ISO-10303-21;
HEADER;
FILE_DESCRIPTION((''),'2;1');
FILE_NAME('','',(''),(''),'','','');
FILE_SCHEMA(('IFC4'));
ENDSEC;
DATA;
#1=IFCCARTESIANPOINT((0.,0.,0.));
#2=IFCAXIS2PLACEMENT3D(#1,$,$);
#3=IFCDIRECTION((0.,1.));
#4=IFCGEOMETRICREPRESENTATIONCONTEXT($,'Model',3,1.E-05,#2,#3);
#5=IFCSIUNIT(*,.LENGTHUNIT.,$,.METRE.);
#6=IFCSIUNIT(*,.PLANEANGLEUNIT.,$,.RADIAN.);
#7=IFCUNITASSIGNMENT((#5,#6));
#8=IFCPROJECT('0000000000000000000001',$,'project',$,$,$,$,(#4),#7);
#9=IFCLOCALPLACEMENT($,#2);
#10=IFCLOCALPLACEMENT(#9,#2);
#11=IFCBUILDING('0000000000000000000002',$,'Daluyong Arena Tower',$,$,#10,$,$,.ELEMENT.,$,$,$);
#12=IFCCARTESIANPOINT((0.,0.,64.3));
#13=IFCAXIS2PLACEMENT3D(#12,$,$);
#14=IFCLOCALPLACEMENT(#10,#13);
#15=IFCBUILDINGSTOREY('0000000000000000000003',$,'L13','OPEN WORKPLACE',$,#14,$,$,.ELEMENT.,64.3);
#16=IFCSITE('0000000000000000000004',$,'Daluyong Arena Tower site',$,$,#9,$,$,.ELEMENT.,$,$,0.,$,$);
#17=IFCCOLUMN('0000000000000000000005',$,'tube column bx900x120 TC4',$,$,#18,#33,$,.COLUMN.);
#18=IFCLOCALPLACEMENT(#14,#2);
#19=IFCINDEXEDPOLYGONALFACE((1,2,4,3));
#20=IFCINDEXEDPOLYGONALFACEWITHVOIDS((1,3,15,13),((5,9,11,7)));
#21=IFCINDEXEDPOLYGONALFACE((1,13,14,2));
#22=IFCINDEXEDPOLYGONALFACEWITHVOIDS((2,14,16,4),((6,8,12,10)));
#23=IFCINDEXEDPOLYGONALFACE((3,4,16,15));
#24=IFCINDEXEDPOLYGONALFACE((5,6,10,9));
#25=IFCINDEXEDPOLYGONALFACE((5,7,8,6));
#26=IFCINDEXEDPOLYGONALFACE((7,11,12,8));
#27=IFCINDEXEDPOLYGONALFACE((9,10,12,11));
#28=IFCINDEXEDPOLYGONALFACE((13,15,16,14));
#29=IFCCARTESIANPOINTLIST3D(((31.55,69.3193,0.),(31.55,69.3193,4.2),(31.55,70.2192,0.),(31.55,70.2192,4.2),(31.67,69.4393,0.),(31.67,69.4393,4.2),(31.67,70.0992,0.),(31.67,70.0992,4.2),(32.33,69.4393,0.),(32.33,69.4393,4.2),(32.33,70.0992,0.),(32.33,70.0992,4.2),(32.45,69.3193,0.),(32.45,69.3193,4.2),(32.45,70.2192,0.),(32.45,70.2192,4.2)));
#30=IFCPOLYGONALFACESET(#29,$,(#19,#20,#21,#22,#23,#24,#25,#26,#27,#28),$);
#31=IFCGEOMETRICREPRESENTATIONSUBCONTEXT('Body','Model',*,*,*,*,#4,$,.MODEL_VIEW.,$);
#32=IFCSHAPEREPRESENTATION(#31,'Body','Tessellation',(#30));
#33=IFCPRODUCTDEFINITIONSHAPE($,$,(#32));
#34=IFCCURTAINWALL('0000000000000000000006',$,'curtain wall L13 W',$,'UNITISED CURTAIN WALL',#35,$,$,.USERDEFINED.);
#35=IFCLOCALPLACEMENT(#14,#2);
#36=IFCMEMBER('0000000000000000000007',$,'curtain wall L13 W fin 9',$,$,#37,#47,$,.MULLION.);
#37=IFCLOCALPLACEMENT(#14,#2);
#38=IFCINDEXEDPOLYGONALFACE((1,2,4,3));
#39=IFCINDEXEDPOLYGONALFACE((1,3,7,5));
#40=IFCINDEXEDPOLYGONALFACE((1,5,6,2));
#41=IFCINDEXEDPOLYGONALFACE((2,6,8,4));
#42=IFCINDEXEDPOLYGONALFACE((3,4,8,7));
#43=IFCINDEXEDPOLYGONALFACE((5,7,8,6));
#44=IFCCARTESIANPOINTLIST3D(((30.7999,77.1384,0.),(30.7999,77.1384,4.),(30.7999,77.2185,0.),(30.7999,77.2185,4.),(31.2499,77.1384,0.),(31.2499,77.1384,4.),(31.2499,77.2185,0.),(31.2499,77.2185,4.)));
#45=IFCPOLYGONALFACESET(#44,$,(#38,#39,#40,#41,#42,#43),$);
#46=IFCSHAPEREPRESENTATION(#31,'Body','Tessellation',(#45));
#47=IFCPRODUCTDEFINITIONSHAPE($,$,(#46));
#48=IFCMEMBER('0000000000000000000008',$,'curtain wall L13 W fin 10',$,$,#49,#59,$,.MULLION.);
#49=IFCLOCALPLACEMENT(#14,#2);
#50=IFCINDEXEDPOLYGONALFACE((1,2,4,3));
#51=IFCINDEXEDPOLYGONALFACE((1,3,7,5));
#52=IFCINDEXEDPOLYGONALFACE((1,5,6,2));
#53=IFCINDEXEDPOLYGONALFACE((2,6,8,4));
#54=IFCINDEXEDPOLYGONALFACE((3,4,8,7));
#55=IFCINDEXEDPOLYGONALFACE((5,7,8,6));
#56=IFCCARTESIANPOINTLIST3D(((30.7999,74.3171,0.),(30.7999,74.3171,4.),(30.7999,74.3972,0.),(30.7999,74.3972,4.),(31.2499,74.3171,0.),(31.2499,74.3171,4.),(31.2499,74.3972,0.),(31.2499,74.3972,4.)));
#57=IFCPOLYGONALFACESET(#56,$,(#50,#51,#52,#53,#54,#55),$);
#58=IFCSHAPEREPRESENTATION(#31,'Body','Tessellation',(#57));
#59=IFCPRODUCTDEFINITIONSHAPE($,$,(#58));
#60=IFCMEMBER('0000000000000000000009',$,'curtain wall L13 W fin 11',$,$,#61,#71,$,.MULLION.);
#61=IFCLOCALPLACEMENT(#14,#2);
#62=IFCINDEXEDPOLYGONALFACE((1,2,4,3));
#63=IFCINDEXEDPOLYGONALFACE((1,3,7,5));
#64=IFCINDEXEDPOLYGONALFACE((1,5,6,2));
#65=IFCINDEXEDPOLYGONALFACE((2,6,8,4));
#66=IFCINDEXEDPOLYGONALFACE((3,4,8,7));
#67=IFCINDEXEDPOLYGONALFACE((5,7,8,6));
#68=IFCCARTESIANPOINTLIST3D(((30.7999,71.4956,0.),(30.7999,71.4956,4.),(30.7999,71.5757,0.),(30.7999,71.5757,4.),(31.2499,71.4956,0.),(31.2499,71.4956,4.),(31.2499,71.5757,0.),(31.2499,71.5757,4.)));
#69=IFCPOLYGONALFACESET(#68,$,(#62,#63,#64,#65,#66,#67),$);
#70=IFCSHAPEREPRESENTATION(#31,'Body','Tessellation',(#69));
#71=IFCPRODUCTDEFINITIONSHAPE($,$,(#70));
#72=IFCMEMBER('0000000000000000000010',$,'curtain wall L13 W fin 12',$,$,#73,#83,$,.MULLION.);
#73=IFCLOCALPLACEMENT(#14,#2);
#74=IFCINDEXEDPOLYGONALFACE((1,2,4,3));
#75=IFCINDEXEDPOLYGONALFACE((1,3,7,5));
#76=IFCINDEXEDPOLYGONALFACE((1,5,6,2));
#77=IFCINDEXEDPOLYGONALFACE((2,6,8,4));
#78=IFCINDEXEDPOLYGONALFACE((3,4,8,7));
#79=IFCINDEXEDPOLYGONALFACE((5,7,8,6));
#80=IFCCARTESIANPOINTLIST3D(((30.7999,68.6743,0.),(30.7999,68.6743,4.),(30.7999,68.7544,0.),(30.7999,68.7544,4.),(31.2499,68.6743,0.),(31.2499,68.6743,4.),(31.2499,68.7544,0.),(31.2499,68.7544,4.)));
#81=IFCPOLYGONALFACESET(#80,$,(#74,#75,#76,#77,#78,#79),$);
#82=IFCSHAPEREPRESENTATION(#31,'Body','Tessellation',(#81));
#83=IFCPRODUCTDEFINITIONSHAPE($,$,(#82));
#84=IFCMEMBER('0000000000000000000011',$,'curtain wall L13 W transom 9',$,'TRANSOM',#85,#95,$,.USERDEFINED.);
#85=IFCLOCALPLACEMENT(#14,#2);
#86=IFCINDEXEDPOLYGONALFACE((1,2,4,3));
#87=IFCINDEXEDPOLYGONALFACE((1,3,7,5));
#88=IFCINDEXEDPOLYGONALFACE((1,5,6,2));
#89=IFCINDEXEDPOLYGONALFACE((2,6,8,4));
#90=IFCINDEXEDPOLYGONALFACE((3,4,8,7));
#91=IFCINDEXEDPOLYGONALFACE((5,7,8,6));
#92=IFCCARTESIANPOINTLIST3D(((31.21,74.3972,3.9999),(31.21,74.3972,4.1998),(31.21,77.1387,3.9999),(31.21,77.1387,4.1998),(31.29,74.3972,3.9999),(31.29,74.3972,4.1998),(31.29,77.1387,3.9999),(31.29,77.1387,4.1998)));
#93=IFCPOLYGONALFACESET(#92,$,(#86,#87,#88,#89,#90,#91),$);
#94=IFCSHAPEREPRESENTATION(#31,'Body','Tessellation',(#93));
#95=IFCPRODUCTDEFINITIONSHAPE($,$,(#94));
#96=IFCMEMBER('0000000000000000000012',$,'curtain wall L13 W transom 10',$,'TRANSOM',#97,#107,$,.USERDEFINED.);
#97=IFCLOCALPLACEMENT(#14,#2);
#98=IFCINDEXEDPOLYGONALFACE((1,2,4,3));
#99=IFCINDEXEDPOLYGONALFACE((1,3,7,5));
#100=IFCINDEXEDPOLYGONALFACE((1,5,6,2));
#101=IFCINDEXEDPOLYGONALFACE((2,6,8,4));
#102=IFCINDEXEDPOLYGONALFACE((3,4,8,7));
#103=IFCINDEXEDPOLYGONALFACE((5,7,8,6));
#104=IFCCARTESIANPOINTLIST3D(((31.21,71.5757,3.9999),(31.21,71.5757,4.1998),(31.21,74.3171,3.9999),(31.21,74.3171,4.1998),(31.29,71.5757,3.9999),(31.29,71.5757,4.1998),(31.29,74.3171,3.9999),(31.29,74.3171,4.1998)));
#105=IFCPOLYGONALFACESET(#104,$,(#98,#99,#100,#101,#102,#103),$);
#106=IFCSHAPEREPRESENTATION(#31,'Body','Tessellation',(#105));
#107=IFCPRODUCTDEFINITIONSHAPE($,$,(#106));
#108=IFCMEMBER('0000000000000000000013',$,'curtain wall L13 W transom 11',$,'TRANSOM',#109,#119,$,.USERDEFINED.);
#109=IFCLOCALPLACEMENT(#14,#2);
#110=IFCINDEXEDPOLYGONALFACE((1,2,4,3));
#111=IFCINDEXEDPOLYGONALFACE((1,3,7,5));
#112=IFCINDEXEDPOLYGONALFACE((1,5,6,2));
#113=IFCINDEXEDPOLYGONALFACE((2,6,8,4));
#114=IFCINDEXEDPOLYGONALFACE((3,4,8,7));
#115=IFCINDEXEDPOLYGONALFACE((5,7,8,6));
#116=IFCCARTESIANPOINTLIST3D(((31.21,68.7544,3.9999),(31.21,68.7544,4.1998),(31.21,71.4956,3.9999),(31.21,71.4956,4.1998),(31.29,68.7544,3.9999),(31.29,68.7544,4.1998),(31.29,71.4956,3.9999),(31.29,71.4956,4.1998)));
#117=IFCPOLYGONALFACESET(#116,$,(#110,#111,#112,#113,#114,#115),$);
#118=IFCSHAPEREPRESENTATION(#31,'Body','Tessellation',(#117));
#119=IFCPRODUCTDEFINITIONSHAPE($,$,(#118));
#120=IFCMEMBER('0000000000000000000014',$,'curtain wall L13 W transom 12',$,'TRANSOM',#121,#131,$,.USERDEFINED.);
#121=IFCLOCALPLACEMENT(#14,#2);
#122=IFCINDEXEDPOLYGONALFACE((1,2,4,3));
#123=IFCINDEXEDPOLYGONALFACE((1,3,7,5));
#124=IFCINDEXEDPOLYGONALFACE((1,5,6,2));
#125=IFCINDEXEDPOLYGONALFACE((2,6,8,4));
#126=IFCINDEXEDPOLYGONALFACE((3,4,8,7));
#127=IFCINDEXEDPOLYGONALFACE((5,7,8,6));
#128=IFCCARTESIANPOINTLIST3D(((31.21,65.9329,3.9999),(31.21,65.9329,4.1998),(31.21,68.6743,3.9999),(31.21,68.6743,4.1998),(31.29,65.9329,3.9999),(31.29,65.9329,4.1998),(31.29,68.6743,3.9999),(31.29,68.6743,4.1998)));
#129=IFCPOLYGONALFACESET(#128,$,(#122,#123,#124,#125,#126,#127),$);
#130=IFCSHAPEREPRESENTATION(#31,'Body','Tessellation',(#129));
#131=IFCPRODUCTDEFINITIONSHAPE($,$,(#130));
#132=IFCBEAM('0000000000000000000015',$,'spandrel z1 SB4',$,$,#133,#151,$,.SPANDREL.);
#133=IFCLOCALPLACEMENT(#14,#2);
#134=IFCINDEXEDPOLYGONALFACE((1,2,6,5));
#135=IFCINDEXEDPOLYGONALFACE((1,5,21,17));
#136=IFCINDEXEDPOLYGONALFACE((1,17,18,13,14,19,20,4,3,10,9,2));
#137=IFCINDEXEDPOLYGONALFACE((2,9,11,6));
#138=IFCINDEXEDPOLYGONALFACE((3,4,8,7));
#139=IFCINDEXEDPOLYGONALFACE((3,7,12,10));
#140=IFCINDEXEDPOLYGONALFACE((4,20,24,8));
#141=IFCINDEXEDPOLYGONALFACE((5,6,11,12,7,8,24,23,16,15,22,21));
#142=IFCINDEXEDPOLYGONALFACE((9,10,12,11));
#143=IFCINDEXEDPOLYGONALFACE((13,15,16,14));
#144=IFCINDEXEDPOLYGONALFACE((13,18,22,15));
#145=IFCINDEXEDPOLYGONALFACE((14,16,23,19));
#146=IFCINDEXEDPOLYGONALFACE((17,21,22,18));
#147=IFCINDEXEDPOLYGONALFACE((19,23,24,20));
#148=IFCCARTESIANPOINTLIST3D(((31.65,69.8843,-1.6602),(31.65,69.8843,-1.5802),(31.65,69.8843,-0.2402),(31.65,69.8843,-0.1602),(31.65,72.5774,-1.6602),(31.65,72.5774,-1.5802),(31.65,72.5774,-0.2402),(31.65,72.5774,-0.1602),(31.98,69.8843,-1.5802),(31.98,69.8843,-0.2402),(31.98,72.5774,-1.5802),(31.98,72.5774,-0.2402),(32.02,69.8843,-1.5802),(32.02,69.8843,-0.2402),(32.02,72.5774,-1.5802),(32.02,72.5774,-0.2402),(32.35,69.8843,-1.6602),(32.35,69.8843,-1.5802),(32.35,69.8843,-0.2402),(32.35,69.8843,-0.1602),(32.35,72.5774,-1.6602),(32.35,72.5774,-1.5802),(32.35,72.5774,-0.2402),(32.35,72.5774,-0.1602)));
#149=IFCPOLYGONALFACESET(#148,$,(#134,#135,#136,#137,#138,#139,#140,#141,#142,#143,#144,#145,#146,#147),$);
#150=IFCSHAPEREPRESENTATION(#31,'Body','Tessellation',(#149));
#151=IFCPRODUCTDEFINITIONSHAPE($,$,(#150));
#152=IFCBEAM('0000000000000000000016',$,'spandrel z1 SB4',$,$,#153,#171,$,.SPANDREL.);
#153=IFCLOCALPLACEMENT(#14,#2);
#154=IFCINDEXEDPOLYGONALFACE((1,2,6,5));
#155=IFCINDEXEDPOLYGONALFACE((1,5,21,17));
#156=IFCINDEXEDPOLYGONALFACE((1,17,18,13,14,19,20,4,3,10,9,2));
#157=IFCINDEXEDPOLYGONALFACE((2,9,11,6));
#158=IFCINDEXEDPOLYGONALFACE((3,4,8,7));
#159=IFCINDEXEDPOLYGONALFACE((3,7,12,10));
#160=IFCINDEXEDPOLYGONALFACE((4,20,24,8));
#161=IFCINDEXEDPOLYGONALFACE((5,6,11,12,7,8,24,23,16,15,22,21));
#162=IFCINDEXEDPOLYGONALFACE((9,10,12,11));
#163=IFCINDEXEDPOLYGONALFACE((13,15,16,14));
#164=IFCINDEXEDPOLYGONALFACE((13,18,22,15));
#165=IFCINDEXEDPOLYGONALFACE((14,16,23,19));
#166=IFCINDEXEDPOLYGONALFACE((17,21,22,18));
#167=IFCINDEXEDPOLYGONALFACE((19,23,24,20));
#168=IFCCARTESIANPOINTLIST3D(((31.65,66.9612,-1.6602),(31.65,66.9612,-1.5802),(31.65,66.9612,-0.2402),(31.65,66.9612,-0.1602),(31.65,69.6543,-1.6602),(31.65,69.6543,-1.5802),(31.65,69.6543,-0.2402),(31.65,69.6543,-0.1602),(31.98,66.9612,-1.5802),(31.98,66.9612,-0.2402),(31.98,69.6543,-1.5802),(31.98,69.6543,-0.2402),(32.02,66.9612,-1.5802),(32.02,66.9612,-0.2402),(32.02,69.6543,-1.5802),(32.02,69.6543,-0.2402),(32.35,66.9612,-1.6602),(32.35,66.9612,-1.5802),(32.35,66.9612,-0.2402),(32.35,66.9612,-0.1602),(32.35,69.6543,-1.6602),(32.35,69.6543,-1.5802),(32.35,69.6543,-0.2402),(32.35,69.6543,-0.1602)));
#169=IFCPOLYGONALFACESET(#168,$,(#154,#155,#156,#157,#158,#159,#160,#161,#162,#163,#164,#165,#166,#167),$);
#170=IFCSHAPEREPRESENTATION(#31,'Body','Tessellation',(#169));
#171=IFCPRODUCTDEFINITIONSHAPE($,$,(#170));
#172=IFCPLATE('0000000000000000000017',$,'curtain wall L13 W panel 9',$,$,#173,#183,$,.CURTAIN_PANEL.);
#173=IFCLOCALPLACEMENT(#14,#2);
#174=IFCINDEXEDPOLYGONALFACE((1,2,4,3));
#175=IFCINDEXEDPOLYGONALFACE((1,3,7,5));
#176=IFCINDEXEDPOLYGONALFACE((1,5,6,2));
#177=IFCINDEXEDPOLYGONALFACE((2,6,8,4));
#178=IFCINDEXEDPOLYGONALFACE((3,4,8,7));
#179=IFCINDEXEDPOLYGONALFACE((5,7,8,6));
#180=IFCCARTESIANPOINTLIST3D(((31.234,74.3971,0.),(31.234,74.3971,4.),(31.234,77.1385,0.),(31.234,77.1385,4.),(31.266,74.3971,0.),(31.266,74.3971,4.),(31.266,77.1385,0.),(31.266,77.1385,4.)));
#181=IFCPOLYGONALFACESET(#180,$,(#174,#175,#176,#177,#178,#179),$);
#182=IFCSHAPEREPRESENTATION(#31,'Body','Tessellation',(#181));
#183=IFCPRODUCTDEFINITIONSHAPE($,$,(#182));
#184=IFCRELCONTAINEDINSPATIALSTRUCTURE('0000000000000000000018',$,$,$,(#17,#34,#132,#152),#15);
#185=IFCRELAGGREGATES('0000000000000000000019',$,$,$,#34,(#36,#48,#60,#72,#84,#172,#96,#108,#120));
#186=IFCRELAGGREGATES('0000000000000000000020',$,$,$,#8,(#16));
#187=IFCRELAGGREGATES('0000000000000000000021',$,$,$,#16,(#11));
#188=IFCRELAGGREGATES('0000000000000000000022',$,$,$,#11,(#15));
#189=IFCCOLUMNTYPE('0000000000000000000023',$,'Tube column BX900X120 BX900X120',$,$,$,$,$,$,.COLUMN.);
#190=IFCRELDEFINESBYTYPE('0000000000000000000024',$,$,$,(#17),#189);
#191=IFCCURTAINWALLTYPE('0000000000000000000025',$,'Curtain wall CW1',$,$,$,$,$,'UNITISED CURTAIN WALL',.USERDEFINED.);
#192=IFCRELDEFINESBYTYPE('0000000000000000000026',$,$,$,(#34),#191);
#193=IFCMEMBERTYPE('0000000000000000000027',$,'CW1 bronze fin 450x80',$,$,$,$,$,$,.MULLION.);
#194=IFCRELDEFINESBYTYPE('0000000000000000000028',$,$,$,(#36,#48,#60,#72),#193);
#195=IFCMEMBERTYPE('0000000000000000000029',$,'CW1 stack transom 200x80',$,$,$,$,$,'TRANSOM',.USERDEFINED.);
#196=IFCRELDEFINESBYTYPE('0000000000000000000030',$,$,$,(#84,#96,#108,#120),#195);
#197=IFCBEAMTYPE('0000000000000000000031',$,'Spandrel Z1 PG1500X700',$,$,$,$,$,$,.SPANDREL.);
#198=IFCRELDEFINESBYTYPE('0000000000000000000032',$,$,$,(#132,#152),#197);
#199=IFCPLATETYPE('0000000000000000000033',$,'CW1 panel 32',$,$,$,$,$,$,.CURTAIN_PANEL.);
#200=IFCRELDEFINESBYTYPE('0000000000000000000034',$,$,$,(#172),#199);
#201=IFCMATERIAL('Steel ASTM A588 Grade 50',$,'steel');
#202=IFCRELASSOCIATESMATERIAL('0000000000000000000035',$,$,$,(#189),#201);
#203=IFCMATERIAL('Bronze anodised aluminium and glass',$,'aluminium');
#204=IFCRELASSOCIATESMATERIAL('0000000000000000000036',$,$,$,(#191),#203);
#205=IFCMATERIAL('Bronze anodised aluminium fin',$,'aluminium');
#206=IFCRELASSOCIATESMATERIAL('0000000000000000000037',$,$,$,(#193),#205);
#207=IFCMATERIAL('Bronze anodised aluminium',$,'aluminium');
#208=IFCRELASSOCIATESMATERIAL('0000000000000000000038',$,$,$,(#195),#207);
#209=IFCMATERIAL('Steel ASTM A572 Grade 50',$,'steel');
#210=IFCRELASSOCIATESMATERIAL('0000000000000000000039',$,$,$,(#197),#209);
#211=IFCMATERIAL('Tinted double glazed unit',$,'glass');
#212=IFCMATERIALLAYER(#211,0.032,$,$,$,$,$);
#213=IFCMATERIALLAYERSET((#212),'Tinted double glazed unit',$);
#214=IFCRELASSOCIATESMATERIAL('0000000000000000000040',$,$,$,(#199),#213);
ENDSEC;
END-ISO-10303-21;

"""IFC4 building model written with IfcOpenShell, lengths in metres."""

from ifc_helpers import new_model, si_unit, direction, frame, origin, origin_2d, place, context, subcontext, project, spatial, rectangle, hollow_rectangle, i_section, extrude, material, layer, layer_set, material_profile, profile_set, type_object, element, aggregate, save


model = new_model("IFC4")

# Units and contexts
model_context = context("Model", 3, precision=1e-05, world=origin(), true_north=direction((0.0, 1.0)))
body_context = subcontext(model_context, "Body", "Model", "MODEL_VIEW")
ifc_project = project(units=[si_unit("LENGTHUNIT", "METRE"), si_unit("PLANEANGLEUNIT", "RADIAN")], contexts=[model_context])

# Site, building, storey
site_placement = place(None, origin())
site = spatial("IfcSite", under=ifc_project, at=site_placement, Name="Daluyong Arena Tower site", CompositionType="ELEMENT", RefElevation=0.0)
building_placement = place(site_placement, origin())
building = spatial("IfcBuilding", under=site, at=building_placement, Name="Daluyong Arena Tower", CompositionType="ELEMENT")
storey_placement = place(building_placement, frame((0.0, 0.0, 64.3)))
storey = spatial("IfcBuildingStorey", under=building, at=storey_placement, Name="L13", Description="OPEN WORKPLACE", CompositionType="ELEMENT", Elevation=64.3)

# Column
ifc_material_1 = material(Name="Steel ASTM A588 Grade 50", Category="steel")
ifc_material_profile_1 = material_profile(ifc_material_1, hollow_rectangle(XDim=0.8999, YDim=0.8999, WallThickness=0.12, at=origin_2d()))
ifc_profile_set_1 = profile_set([ifc_material_profile_1], Name="Steel ASTM A588 Grade 50")
column_type = type_object("IfcColumnType", Name="Tube column BX900X120 BX900X120", PredefinedType="COLUMN", material=ifc_profile_set_1)
column_placement = place(storey_placement, frame((32.0, 69.7693, 0.0), z_axis=(0.0, 0.0, 1.0), x_axis=(0.0, 1.0, 0.0)))
element("IfcColumn", 1, at=column_placement, inside=storey, type_object=column_type, Name="tube column bx900x120 TC4", PredefinedType="COLUMN", context=body_context, shape_type="SweptSolid", body=[
    extrude(hollow_rectangle(XDim=0.8999, YDim=0.8999, WallThickness=0.12, at=origin_2d()), origin(), (0.0, 0.0, 1.0), 4.2),
])

# Curtain wall, members
ifc_material_2 = material(Name="Bronze anodised aluminium and glass", Category="aluminium")
curtain_wall_type = type_object("IfcCurtainWallType", Name="Curtain wall CW1", ElementType="UNITISED CURTAIN WALL", PredefinedType="USERDEFINED", material=ifc_material_2)
curtain_wall_placement = place(storey_placement, origin())
curtain_wall = element("IfcCurtainWall", 2, at=curtain_wall_placement, inside=storey, type_object=curtain_wall_type, Name="curtain wall L13 W", ObjectType="UNITISED CURTAIN WALL", PredefinedType="USERDEFINED")
ifc_material_3 = material(Name="Bronze anodised aluminium fin", Category="aluminium")
ifc_material_profile_2 = material_profile(ifc_material_3, rectangle(XDim=0.45, YDim=0.0801, at=origin_2d()))
ifc_profile_set_2 = profile_set([ifc_material_profile_2], Name="Bronze anodised aluminium fin")
member_type_1 = type_object("IfcMemberType", Name="CW1 bronze fin 450x80", PredefinedType="MULLION", material=ifc_profile_set_2)
member_1_placement = place(storey_placement, frame((31.0249, 77.1785, 0.0), z_axis=(0.0, 0.0, 1.0), x_axis=(1.0, 0.0, 0.0)))
member_1 = element("IfcMember", 3, at=member_1_placement, type_object=member_type_1, Name="curtain wall L13 W fin 9", PredefinedType="MULLION", context=body_context, shape_type="SweptSolid", body=[
    extrude(rectangle(XDim=0.45, YDim=0.0801, at=origin_2d()), origin(), (0.0, 0.0, 1.0), 4.0),
])
member_2_placement = place(storey_placement, frame((31.0249, 74.3572, 0.0), z_axis=(0.0, 0.0, 1.0), x_axis=(1.0, 0.0, 0.0)))
member_2 = element("IfcMember", 4, at=member_2_placement, type_object=member_type_1, Name="curtain wall L13 W fin 10", PredefinedType="MULLION", context=body_context, shape_type="SweptSolid", body=[
    extrude(rectangle(XDim=0.45, YDim=0.0801, at=origin_2d()), origin(), (0.0, 0.0, 1.0), 4.0),
])
member_3_placement = place(storey_placement, frame((31.0249, 71.5356, 0.0), z_axis=(0.0, 0.0, 1.0), x_axis=(1.0, 0.0, 0.0)))
member_3 = element("IfcMember", 5, at=member_3_placement, type_object=member_type_1, Name="curtain wall L13 W fin 11", PredefinedType="MULLION", context=body_context, shape_type="SweptSolid", body=[
    extrude(rectangle(XDim=0.45, YDim=0.0801, at=origin_2d()), origin(), (0.0, 0.0, 1.0), 4.0),
])
member_4_placement = place(storey_placement, frame((31.0249, 68.7144, 0.0), z_axis=(0.0, 0.0, 1.0), x_axis=(1.0, 0.0, 0.0)))
member_4 = element("IfcMember", 6, at=member_4_placement, type_object=member_type_1, Name="curtain wall L13 W fin 12", PredefinedType="MULLION", context=body_context, shape_type="SweptSolid", body=[
    extrude(rectangle(XDim=0.45, YDim=0.0801, at=origin_2d()), origin(), (0.0, 0.0, 1.0), 4.0),
])
ifc_material_4 = material(Name="Bronze anodised aluminium", Category="aluminium")
ifc_material_profile_3 = material_profile(ifc_material_4, rectangle(XDim=0.0801, YDim=0.2, at=origin_2d()))
ifc_profile_set_3 = profile_set([ifc_material_profile_3], Name="Bronze anodised aluminium")
member_type_2 = type_object("IfcMemberType", Name="CW1 stack transom 200x80", ElementType="TRANSOM", PredefinedType="USERDEFINED", material=ifc_profile_set_3)
member_5_placement = place(storey_placement, frame((31.25, 77.1387, 4.0999), z_axis=(0.0, -1.0, 0.0), x_axis=(1.0, 0.0, 0.0)))
member_5 = element("IfcMember", 7, at=member_5_placement, type_object=member_type_2, Name="curtain wall L13 W transom 9", ObjectType="TRANSOM", PredefinedType="USERDEFINED", context=body_context, shape_type="SweptSolid", body=[
    extrude(rectangle(XDim=0.0801, YDim=0.2, at=origin_2d()), origin(), (0.0, 0.0, 1.0), 2.7415),
])
member_6_placement = place(storey_placement, frame((31.25, 74.3171, 4.0999), z_axis=(0.0, -1.0, 0.0), x_axis=(1.0, 0.0, 0.0)))
member_6 = element("IfcMember", 8, at=member_6_placement, type_object=member_type_2, Name="curtain wall L13 W transom 10", ObjectType="TRANSOM", PredefinedType="USERDEFINED", context=body_context, shape_type="SweptSolid", body=[
    extrude(rectangle(XDim=0.0801, YDim=0.2, at=origin_2d()), origin(), (0.0, 0.0, 1.0), 2.7415),
])
member_7_placement = place(storey_placement, frame((31.25, 71.4956, 4.0999), z_axis=(0.0, -1.0, 0.0), x_axis=(1.0, 0.0, 0.0)))
member_7 = element("IfcMember", 9, at=member_7_placement, type_object=member_type_2, Name="curtain wall L13 W transom 11", ObjectType="TRANSOM", PredefinedType="USERDEFINED", context=body_context, shape_type="SweptSolid", body=[
    extrude(rectangle(XDim=0.0801, YDim=0.2, at=origin_2d()), origin(), (0.0, 0.0, 1.0), 2.7412),
])
member_8_placement = place(storey_placement, frame((31.25, 68.6743, 4.0999), z_axis=(0.0, -1.0, 0.0), x_axis=(1.0, 0.0, 0.0)))
member_8 = element("IfcMember", 10, at=member_8_placement, type_object=member_type_2, Name="curtain wall L13 W transom 12", ObjectType="TRANSOM", PredefinedType="USERDEFINED", context=body_context, shape_type="SweptSolid", body=[
    extrude(rectangle(XDim=0.0801, YDim=0.2, at=origin_2d()), origin(), (0.0, 0.0, 1.0), 2.7415),
])

# Beams
ifc_material_5 = material(Name="Steel ASTM A572 Grade 50", Category="steel")
ifc_material_profile_4 = material_profile(ifc_material_5, i_section(OverallWidth=0.7, OverallDepth=1.5, WebThickness=0.04, FlangeThickness=0.08, at=origin_2d()))
ifc_profile_set_4 = profile_set([ifc_material_profile_4], Name="Steel ASTM A572 Grade 50")
beam_type = type_object("IfcBeamType", Name="Spandrel Z1 PG1500X700", PredefinedType="SPANDREL", material=ifc_profile_set_4)
for number, where, z_axis, x_axis, name in (
    (11, (32.0, 72.5774, -0.9102), (0.0, -1.0, 0.0), (1.0, 0.0, 0.0), "spandrel z1 SB4"),
    (12, (32.0, 69.6543, -0.9102), (0.0, -1.0, 0.0), (1.0, 0.0, 0.0), "spandrel z1 SB4"),
):
    element("IfcBeam", number, at=place(storey_placement, frame(where, z_axis=z_axis, x_axis=x_axis)), inside=storey, type_object=beam_type, Name=name, PredefinedType="SPANDREL", context=body_context, shape_type="SweptSolid", body=[
        extrude(i_section(OverallWidth=0.7, OverallDepth=1.5, WebThickness=0.04, FlangeThickness=0.08, at=origin_2d()), origin(), (0.0, 0.0, 1.0), 2.6931),
    ])

# Plate
ifc_material_6 = material(Name="Tinted double glazed unit", Category="glass")
ifc_layer_1 = layer(ifc_material_6, 0.032)
ifc_layer_set_1 = layer_set([ifc_layer_1], Name="Tinted double glazed unit")
plate_type = type_object("IfcPlateType", Name="CW1 panel 32", PredefinedType="CURTAIN_PANEL", material=ifc_layer_set_1)
plate_1_placement = place(storey_placement, frame((31.25, 75.7678, 0.0), z_axis=(0.0, 0.0, 1.0), x_axis=(0.0, -1.0, 0.0)))
plate_1 = element("IfcPlate", 13, at=plate_1_placement, type_object=plate_type, Name="curtain wall L13 W panel 9", PredefinedType="CURTAIN_PANEL", context=body_context, shape_type="SweptSolid", body=[
    extrude(rectangle(XDim=2.7415, YDim=0.032, at=origin_2d()), origin(), (0.0, 0.0, 1.0), 4.0),
])
aggregate(curtain_wall, [member_1, member_2, member_3, member_4, member_5, plate_1, member_6, member_7, member_8])

save(model, "model.ifc")
